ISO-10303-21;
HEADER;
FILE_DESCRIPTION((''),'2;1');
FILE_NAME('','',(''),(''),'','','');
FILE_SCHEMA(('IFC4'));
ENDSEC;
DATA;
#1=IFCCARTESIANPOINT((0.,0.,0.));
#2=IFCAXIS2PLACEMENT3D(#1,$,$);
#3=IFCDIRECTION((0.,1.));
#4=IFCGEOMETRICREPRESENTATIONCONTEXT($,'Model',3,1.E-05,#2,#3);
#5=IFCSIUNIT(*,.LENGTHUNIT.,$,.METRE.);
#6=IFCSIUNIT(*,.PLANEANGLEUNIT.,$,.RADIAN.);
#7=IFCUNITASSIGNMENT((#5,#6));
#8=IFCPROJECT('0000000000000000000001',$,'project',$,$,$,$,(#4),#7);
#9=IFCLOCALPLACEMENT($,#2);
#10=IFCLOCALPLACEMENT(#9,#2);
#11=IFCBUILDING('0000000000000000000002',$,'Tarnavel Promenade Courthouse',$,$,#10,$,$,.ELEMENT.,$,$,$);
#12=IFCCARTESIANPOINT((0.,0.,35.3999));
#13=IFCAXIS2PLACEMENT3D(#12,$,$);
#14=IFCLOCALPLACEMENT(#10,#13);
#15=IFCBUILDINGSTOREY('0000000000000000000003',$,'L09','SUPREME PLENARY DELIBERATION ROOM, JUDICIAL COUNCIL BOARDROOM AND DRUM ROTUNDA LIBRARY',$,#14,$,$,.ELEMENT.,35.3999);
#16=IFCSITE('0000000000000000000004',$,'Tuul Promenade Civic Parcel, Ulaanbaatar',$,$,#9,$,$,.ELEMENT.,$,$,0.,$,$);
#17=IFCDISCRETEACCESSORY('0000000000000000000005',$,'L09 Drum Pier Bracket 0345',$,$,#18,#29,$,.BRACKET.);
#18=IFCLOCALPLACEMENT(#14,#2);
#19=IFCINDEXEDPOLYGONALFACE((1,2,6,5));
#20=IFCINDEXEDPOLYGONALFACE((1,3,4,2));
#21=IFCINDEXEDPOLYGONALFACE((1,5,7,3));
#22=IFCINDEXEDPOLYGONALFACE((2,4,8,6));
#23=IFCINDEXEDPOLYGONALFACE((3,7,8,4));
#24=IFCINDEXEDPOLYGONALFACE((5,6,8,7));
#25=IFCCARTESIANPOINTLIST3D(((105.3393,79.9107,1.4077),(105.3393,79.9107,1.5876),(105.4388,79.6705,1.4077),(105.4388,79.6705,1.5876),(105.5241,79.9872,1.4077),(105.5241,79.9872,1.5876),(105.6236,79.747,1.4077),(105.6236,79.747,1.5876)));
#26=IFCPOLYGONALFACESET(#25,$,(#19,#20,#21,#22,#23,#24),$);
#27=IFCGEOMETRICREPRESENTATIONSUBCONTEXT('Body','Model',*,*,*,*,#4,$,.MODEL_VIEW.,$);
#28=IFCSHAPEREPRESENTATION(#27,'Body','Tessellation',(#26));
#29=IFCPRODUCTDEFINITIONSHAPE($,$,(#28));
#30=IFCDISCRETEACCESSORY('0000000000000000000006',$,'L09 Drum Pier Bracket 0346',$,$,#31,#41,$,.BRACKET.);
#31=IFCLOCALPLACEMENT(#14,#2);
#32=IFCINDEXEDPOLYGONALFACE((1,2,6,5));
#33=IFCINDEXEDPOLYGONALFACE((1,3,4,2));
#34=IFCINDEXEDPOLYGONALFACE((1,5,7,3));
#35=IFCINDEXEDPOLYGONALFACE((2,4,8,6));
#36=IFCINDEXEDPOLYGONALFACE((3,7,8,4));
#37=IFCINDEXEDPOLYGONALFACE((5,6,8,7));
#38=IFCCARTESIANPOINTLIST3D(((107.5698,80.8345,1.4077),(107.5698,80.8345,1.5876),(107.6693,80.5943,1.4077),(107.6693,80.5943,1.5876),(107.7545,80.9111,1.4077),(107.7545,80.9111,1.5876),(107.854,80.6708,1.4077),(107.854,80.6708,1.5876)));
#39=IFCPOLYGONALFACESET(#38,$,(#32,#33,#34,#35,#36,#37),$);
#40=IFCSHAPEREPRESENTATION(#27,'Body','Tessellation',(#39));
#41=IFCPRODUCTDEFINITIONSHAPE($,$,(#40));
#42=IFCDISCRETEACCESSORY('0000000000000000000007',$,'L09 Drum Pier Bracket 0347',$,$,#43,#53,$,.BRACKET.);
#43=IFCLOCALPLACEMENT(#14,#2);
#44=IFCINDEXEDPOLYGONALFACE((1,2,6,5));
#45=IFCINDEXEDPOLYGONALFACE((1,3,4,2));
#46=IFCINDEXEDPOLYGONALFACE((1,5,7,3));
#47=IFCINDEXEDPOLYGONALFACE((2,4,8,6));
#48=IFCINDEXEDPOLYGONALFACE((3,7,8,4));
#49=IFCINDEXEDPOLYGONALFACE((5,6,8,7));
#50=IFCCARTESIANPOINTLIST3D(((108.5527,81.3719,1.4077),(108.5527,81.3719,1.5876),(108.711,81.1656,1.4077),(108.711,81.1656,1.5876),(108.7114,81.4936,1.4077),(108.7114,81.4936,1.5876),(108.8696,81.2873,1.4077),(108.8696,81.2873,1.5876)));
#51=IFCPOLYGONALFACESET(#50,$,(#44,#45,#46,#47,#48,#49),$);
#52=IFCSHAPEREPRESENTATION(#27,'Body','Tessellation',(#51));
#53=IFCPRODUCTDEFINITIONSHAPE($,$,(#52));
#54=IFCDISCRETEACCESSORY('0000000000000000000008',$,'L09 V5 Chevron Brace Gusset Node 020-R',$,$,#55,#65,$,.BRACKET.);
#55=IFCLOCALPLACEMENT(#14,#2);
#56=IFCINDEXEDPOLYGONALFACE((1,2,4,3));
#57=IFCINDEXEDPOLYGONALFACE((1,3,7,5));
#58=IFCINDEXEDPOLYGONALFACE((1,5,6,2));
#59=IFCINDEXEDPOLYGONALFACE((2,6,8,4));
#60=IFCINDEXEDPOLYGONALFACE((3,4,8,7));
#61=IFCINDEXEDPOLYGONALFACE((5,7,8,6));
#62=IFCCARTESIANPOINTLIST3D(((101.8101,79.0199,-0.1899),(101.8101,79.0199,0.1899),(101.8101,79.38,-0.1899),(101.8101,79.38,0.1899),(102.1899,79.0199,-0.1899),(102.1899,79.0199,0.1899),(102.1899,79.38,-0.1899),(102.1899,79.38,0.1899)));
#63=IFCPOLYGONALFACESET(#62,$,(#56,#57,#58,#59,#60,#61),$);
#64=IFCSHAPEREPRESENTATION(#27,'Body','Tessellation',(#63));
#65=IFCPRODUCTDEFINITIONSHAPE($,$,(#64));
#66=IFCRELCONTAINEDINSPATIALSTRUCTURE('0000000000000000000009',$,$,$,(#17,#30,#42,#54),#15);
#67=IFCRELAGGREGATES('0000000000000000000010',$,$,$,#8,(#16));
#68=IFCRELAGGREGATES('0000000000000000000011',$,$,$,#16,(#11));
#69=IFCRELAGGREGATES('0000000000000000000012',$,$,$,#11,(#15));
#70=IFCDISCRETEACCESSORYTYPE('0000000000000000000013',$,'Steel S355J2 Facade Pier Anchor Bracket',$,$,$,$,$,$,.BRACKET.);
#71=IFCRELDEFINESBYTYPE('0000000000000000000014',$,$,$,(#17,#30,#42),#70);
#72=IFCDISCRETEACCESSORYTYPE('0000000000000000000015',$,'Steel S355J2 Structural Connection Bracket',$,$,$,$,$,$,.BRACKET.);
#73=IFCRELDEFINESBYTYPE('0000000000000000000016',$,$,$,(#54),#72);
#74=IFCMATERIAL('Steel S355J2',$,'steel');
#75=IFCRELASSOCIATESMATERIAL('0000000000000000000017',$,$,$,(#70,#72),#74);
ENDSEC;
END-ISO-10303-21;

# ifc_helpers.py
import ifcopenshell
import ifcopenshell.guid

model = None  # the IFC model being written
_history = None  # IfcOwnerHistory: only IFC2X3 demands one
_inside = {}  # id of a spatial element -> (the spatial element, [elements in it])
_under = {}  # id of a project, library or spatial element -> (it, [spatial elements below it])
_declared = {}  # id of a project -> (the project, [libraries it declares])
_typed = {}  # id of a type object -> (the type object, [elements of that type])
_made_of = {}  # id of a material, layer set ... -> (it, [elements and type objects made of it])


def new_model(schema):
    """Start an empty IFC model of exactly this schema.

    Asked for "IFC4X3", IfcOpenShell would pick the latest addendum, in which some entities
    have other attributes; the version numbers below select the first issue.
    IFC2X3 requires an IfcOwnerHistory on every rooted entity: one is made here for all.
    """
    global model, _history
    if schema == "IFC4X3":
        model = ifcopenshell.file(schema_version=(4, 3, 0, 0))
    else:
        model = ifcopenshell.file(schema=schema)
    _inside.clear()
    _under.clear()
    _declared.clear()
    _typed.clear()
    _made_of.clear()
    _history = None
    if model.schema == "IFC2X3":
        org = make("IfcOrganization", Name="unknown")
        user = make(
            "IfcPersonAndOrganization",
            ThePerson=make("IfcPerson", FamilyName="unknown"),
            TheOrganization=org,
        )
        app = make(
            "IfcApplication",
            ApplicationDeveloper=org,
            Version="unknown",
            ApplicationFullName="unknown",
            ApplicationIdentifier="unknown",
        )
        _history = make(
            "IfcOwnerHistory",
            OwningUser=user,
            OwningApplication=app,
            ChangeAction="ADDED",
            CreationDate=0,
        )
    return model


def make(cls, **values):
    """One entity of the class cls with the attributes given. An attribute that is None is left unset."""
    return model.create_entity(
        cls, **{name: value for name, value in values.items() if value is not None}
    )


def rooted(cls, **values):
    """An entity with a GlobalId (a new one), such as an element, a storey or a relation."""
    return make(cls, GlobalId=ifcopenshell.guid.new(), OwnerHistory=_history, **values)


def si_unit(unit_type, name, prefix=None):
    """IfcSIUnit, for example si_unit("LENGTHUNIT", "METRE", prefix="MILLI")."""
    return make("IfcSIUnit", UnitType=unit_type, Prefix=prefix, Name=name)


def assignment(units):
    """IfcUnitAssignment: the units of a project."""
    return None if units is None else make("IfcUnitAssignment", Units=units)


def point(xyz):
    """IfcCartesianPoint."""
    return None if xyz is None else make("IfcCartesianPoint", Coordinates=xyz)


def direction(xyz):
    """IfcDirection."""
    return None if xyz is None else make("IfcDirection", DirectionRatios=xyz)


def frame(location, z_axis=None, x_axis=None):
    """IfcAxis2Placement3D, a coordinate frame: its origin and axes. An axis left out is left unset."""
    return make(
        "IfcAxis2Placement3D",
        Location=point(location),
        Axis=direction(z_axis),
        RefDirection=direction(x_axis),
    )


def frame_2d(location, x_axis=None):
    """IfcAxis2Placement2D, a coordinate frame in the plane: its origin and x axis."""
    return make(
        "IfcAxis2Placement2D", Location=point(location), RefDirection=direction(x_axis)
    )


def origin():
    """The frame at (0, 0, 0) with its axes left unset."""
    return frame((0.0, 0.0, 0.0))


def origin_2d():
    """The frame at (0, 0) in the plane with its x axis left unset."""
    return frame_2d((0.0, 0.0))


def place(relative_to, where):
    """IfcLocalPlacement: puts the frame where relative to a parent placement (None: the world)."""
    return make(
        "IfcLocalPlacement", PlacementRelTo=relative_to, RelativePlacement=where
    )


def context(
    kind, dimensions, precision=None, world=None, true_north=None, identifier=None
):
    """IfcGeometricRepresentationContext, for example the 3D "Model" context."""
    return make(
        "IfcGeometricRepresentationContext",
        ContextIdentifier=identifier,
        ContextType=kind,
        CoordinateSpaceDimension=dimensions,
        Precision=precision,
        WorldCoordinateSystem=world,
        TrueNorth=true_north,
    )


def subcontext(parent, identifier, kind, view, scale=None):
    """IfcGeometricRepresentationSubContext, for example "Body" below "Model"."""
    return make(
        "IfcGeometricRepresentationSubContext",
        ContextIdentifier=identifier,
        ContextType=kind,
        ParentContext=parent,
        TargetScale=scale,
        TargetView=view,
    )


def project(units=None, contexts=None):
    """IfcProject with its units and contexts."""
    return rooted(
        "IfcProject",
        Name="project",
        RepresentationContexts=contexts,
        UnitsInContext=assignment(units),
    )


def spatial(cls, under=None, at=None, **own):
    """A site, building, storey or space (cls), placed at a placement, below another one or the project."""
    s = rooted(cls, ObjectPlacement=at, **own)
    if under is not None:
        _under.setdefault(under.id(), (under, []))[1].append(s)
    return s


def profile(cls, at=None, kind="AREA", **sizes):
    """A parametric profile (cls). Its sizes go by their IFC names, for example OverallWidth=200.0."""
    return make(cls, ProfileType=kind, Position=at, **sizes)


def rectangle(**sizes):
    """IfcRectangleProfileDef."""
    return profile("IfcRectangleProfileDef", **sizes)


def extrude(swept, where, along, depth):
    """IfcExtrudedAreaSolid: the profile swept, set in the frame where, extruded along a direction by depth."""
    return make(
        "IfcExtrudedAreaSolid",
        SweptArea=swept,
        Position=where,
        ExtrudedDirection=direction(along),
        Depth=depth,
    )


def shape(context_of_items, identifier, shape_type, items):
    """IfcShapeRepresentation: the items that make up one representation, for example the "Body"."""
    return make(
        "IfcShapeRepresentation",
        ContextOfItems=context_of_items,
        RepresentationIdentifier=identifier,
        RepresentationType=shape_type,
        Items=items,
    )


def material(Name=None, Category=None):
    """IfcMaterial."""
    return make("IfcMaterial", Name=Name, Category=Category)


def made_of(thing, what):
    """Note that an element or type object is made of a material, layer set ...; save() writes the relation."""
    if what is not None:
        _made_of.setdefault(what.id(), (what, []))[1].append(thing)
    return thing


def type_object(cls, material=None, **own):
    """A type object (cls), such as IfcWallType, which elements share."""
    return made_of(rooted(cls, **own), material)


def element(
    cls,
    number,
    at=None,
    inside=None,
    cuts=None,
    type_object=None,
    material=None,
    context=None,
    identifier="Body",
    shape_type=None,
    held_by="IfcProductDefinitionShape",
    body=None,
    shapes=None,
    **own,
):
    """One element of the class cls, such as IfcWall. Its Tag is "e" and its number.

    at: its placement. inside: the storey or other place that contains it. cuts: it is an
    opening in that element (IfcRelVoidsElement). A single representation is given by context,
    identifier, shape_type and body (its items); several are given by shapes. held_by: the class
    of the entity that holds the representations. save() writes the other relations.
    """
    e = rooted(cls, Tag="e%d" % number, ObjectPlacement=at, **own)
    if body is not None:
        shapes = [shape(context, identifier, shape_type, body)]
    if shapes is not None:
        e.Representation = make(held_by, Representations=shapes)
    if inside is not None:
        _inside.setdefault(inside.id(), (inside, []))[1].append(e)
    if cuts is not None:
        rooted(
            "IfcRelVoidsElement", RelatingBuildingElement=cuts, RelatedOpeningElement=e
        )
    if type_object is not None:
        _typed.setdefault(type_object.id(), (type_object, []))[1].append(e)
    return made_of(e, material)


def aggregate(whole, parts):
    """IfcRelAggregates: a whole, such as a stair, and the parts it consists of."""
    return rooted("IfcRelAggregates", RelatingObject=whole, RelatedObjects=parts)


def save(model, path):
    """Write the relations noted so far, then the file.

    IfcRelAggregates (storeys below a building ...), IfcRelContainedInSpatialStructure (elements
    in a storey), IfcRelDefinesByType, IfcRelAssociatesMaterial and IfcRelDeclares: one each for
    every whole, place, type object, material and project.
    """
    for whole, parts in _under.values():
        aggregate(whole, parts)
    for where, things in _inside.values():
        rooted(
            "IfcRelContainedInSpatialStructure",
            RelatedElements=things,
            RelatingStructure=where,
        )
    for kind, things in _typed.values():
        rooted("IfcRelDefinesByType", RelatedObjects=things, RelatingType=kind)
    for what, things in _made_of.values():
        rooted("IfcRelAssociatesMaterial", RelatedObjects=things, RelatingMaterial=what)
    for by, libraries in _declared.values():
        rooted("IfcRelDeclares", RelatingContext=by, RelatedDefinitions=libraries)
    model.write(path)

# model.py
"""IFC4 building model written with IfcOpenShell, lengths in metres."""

from ifc_helpers import new_model, si_unit, direction, frame, origin, origin_2d, place, context, subcontext, project, spatial, rectangle, extrude, material, type_object, element, save


model = new_model("IFC4")

# Units and contexts
model_context = context("Model", 3, precision=1e-05, world=origin(), true_north=direction((0.0, 1.0)))
body_context = subcontext(model_context, "Body", "Model", "MODEL_VIEW")
ifc_project = project(units=[si_unit("LENGTHUNIT", "METRE"), si_unit("PLANEANGLEUNIT", "RADIAN")], contexts=[model_context])

# Site, building, storey
site_placement = place(None, origin())
site = spatial("IfcSite", under=ifc_project, at=site_placement, Name="Tuul Promenade Civic Parcel, Ulaanbaatar", CompositionType="ELEMENT", RefElevation=0.0)
building_placement = place(site_placement, origin())
building = spatial("IfcBuilding", under=site, at=building_placement, Name="Tarnavel Promenade Courthouse", CompositionType="ELEMENT")
storey_placement = place(building_placement, frame((0.0, 0.0, 35.3999)))
storey = spatial("IfcBuildingStorey", under=building, at=storey_placement, Name="L09", Description="SUPREME PLENARY DELIBERATION ROOM, JUDICIAL COUNCIL BOARDROOM AND DRUM ROTUNDA LIBRARY", CompositionType="ELEMENT", Elevation=35.3999)

# Shared definitions
ifc_material_1 = material(Name="Steel S355J2", Category="steel")

# Discrete accessories
discrete_accessory_type_1 = type_object("IfcDiscreteAccessoryType", Name="Steel S355J2 Facade Pier Anchor Bracket", PredefinedType="BRACKET", material=ifc_material_1)
for number, where, z_axis, x_axis, name in (
    (1, (105.4814, 79.8289, 1.4077), (0.0, 0.0, 1.0), (0.92388, 0.382683, 0.0), "L09 Drum Pier Bracket 0345"),
    (2, (107.7119, 80.7527, 1.4077), (0.0, 0.0, 1.0), (0.92388, 0.382683, 0.0), "L09 Drum Pier Bracket 0346"),
    (3, (108.7112, 81.3296, 1.4077), (0.0, 0.0, 1.0), (0.793353, 0.608761, 0.0), "L09 Drum Pier Bracket 0347"),
):
    element("IfcDiscreteAccessory", number, at=place(storey_placement, frame(where, z_axis=z_axis, x_axis=x_axis)), inside=storey, type_object=discrete_accessory_type_1, Name=name, PredefinedType="BRACKET", context=body_context, shape_type="SweptSolid", body=[
        extrude(rectangle(XDim=0.2, YDim=0.26, at=origin_2d()), origin(), (0.0, 0.0, 1.0), 0.1799),
    ])
discrete_accessory_type_2 = type_object("IfcDiscreteAccessoryType", Name="Steel S355J2 Structural Connection Bracket", PredefinedType="BRACKET", material=ifc_material_1)
discrete_accessory_placement = place(storey_placement, frame((102.0, 79.2, -0.1899), z_axis=(0.0, 0.0, 1.0), x_axis=(1.0, 0.0, 0.0)))
element("IfcDiscreteAccessory", 4, at=discrete_accessory_placement, inside=storey, type_object=discrete_accessory_type_2, Name="L09 V5 Chevron Brace Gusset Node 020-R", PredefinedType="BRACKET", context=body_context, shape_type="SweptSolid", body=[
    extrude(rectangle(XDim=0.3799, YDim=0.3601, at=origin_2d()), origin(), (0.0, 0.0, 1.0), 0.3799),
])

save(model, "model.ifc")
